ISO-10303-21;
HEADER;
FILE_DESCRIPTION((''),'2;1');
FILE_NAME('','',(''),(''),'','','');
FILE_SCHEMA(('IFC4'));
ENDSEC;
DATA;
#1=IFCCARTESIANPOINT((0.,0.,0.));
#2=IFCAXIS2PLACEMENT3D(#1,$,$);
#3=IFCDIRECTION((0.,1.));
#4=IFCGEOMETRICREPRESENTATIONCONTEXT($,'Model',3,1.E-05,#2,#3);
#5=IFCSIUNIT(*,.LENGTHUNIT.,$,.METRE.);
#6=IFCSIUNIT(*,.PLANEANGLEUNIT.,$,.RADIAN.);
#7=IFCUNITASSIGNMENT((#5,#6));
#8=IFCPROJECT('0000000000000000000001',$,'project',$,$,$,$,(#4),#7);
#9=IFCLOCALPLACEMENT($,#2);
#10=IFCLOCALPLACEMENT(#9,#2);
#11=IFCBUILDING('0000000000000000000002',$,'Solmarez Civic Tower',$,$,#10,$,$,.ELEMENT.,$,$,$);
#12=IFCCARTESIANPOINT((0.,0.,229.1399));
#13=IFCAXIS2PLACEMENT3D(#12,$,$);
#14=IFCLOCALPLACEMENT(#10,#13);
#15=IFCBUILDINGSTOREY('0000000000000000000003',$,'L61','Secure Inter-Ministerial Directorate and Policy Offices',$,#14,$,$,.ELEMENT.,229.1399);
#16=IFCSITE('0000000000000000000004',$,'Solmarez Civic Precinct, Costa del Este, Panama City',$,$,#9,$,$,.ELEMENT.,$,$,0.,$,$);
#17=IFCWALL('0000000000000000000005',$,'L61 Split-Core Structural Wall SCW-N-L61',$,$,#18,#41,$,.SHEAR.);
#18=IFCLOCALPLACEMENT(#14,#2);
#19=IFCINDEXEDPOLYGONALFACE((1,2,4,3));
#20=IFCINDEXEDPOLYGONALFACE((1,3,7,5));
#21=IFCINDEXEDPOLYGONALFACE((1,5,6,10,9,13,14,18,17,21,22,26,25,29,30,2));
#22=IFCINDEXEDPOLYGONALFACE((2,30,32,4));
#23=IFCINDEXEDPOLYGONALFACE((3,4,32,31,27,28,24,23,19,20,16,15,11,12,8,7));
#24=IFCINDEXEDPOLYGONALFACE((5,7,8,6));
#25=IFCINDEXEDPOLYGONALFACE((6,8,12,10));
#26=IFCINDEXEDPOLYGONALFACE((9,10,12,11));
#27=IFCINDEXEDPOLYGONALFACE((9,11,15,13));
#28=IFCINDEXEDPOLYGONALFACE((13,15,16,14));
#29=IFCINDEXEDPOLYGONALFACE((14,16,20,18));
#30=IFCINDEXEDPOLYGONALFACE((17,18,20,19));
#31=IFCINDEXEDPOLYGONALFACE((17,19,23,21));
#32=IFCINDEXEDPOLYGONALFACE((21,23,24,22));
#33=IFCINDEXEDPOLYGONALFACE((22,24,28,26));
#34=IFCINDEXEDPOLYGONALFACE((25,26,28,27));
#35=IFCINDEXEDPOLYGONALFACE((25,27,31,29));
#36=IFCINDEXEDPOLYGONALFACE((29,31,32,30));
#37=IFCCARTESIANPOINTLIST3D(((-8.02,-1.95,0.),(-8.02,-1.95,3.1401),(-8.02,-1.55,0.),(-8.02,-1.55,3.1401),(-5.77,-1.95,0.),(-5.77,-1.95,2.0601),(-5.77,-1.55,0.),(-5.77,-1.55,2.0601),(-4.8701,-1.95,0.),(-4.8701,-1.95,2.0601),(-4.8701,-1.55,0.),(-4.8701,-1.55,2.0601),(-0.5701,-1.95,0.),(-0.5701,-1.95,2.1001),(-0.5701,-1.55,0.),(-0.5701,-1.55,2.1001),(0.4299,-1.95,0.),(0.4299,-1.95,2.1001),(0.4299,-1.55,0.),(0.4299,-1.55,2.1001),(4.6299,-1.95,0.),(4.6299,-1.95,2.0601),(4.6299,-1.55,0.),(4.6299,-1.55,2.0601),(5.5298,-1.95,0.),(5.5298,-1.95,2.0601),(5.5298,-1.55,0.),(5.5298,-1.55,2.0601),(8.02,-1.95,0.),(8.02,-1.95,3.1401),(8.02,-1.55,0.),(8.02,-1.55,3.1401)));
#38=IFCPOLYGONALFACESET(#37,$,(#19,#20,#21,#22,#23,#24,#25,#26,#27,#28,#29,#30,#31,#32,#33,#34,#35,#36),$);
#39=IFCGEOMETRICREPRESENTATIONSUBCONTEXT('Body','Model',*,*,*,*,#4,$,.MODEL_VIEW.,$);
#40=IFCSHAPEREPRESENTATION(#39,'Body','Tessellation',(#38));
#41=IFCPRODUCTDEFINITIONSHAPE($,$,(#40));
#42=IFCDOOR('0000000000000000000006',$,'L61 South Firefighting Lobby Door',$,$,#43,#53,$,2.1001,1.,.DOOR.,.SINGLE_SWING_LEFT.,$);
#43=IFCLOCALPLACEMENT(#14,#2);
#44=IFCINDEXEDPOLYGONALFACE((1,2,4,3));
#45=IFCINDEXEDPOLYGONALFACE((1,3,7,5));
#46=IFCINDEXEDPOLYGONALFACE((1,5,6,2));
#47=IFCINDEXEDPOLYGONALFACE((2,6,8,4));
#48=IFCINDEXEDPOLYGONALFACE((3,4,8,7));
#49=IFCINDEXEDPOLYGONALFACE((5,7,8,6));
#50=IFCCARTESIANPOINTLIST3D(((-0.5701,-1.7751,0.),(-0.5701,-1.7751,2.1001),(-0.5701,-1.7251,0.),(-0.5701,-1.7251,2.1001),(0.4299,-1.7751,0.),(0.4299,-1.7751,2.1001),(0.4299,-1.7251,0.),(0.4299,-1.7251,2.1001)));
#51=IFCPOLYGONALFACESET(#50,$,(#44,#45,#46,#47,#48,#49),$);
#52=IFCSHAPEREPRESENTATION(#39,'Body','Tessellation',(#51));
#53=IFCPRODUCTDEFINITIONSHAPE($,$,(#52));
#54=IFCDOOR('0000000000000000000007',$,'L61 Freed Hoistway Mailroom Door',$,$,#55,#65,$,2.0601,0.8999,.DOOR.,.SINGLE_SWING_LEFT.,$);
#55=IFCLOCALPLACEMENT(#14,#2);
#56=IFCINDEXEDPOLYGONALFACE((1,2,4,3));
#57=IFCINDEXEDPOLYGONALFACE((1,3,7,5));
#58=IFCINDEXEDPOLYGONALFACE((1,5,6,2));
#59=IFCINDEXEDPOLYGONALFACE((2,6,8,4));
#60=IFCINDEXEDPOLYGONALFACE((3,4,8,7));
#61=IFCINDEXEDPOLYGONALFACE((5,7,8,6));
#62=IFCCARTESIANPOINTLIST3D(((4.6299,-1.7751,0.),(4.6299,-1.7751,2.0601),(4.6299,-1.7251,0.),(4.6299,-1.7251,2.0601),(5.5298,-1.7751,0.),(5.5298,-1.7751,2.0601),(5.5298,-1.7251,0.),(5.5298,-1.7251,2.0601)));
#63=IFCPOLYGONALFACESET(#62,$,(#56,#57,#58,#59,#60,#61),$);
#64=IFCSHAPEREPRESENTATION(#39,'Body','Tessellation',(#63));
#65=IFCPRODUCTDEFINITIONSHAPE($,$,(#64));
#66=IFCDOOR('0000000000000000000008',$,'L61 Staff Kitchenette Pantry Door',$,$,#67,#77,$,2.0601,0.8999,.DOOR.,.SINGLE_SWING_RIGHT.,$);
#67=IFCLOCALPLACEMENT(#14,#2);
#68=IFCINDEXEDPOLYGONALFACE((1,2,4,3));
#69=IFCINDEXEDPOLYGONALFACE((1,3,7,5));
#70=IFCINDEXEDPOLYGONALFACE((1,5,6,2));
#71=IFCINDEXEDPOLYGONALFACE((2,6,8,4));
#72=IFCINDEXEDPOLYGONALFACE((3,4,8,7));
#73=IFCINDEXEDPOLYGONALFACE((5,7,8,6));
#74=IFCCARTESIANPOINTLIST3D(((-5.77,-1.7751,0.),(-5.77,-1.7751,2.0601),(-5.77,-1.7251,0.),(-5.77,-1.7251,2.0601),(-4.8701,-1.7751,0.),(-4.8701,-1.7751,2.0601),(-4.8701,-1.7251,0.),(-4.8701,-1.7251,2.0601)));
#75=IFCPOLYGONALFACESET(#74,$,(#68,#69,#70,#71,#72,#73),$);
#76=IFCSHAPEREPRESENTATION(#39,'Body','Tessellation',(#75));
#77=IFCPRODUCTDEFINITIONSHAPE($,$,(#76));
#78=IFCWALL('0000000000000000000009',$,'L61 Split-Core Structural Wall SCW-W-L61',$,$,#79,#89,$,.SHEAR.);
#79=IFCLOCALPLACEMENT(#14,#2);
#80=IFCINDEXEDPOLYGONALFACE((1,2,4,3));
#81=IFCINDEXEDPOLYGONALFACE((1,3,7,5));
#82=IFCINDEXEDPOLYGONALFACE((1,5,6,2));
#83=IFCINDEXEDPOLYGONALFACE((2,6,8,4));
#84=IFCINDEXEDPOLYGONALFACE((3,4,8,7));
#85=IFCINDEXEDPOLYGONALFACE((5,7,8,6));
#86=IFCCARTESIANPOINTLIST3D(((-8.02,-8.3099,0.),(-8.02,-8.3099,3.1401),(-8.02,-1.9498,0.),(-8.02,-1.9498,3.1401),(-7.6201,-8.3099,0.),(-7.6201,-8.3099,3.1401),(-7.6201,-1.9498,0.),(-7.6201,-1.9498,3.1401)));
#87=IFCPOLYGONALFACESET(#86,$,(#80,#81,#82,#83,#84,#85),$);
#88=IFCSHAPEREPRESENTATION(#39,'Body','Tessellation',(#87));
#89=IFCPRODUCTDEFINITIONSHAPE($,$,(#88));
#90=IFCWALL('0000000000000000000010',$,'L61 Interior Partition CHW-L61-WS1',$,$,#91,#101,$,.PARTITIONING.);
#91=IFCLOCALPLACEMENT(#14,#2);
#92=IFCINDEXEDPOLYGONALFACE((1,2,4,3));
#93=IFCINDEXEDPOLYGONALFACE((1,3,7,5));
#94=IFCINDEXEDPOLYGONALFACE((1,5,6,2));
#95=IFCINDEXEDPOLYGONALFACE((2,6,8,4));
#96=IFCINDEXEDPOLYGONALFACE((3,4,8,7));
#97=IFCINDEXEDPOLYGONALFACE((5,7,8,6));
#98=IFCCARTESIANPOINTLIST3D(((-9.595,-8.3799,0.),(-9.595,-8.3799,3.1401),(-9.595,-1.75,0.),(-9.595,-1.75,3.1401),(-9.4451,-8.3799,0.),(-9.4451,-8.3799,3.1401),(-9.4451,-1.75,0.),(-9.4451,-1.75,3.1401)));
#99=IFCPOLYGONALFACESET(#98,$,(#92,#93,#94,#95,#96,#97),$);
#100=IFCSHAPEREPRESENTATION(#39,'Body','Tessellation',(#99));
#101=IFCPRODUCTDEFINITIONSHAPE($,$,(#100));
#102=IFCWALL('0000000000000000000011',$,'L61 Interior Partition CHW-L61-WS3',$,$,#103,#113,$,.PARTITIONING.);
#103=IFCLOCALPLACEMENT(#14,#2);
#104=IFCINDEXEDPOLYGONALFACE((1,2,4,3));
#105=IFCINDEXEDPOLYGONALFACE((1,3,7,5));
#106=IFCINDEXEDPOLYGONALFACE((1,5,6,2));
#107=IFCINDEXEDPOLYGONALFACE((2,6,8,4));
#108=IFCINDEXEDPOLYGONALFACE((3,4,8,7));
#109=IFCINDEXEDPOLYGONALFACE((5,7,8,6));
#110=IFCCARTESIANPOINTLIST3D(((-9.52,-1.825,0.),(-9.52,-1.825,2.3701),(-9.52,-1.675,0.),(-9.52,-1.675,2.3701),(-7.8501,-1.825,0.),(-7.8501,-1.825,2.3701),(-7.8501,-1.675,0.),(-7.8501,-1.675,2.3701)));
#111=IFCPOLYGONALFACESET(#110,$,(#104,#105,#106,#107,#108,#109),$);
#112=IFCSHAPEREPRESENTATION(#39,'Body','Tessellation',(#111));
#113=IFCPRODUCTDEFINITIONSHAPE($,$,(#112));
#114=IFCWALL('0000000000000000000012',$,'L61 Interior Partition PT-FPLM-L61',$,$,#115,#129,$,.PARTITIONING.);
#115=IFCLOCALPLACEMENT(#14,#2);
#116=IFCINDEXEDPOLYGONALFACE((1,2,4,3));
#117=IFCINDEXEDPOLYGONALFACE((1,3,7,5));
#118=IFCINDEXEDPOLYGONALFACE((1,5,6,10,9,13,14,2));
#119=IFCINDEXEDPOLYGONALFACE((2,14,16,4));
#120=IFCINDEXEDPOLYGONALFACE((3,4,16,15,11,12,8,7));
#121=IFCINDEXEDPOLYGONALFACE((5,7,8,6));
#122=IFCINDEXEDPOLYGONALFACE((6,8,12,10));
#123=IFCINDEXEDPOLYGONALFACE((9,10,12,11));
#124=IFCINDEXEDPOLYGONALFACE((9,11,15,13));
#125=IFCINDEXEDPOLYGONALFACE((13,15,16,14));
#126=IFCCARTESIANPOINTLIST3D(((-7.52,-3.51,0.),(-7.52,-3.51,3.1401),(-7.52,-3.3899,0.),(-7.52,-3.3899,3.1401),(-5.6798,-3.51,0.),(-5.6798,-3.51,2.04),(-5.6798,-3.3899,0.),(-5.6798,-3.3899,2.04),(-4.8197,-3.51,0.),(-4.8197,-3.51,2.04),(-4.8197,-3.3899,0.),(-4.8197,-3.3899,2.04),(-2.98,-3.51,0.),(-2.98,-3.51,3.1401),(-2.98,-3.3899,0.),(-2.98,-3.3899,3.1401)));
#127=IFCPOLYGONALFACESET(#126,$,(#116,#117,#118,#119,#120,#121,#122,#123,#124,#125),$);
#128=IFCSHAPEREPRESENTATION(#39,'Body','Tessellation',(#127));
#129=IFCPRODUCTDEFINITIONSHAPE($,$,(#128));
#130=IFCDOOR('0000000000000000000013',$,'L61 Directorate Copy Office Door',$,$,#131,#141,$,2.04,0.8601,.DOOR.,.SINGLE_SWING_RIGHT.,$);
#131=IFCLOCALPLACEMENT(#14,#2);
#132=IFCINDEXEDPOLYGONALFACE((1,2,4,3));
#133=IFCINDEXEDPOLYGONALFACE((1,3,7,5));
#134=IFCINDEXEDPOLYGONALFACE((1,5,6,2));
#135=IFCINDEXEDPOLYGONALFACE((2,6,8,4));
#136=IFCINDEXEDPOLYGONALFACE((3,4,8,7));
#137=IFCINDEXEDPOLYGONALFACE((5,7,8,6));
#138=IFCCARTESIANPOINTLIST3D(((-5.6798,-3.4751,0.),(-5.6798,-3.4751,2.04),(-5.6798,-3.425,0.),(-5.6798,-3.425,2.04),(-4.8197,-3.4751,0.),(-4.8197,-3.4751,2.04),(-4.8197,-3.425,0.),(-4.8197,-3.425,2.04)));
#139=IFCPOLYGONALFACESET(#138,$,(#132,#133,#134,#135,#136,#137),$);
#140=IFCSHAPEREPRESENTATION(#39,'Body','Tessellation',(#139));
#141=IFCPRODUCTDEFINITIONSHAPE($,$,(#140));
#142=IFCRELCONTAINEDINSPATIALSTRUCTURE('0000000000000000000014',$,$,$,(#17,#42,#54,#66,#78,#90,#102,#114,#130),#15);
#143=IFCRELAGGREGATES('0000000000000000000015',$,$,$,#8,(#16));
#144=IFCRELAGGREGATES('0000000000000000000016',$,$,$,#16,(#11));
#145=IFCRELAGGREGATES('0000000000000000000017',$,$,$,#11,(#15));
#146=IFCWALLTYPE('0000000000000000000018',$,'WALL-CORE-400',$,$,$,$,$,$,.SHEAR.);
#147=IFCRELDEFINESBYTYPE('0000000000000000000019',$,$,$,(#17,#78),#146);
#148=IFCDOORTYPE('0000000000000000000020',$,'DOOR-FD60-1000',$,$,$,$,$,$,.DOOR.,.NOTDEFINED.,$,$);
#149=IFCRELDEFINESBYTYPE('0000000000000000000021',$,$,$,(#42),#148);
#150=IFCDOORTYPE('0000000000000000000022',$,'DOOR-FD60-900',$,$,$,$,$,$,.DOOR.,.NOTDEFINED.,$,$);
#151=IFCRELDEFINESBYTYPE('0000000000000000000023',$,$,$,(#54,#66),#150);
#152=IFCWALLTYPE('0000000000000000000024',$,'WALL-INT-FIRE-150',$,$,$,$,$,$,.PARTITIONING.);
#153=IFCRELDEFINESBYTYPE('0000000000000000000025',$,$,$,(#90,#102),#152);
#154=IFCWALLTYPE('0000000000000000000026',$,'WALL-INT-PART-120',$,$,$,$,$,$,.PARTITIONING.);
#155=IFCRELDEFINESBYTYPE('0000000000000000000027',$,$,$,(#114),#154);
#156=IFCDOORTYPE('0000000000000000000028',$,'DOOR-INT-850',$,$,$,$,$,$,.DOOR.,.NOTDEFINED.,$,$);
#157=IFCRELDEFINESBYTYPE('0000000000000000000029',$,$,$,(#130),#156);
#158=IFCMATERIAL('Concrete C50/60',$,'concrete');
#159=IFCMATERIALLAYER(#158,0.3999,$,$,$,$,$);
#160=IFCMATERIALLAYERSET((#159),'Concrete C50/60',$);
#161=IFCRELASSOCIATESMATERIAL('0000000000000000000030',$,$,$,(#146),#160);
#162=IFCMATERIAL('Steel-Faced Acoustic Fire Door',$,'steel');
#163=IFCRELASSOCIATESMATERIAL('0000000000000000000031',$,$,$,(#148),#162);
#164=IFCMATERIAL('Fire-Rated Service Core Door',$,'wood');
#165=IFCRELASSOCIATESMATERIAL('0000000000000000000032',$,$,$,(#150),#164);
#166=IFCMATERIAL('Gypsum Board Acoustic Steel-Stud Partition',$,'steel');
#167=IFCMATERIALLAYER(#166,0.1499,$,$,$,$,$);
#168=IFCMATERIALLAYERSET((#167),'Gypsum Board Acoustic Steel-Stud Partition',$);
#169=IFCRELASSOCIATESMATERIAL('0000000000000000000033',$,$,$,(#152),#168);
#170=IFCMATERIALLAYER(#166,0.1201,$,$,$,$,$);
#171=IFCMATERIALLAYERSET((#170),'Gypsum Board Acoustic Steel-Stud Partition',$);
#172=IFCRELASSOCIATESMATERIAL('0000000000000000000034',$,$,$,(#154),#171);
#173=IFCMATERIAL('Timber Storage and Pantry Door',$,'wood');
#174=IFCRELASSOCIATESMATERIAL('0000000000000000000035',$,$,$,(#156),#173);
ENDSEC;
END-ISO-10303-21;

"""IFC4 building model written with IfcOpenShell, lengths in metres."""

from ifc_helpers import new_model, si_unit, direction, frame, frame_2d, origin, place, context, subcontext, project, spatial, rectangle, extrude, material, layer, layer_set, type_object, element, fill, save


model = new_model("IFC4")

# Units and contexts
model_context = context("Model", 3, precision=1e-05, world=origin(), true_north=direction((0.0, 1.0)))
body_context = subcontext(model_context, "Body", "Model", "MODEL_VIEW")
ifc_project = project(units=[si_unit("LENGTHUNIT", "METRE"), si_unit("PLANEANGLEUNIT", "RADIAN")], contexts=[model_context])

# Site, building, storey
site_placement = place(None, origin())
site = spatial("IfcSite", under=ifc_project, at=site_placement, Name="Solmarez Civic Precinct, Costa del Este, Panama City", CompositionType="ELEMENT", RefElevation=0.0)
building_placement = place(site_placement, origin())
building = spatial("IfcBuilding", under=site, at=building_placement, Name="Solmarez Civic Tower", CompositionType="ELEMENT")
storey_placement = place(building_placement, frame((0.0, 0.0, 229.1399)))
storey = spatial("IfcBuildingStorey", under=building, at=storey_placement, Name="L61", Description="Secure Inter-Ministerial Directorate and Policy Offices", CompositionType="ELEMENT", Elevation=229.1399)

# Shared definitions
ifc_material_1 = material(Name="Concrete C50/60", Category="concrete")

# Wall, openings, doors
ifc_layer_1 = layer(ifc_material_1, 0.3999)
ifc_layer_set_1 = layer_set([ifc_layer_1], Name="Concrete C50/60")
wall_type_1 = type_object("IfcWallType", Name="WALL-CORE-400", PredefinedType="SHEAR", material=ifc_layer_set_1)
wall_1_placement = place(storey_placement, frame((-8.02, -1.75, 0.0), z_axis=(0.0, 0.0, 1.0), x_axis=(1.0, 0.0, 0.0)))
wall_1 = element("IfcWall", 1, at=wall_1_placement, inside=storey, type_object=wall_type_1, Name="L61 Split-Core Structural Wall SCW-N-L61", PredefinedType="SHEAR", context=body_context, shape_type="SweptSolid", body=[
    extrude(rectangle(XDim=16.04, YDim=0.3999, at=frame_2d((8.02, 0.0))), origin(), (0.0, 0.0, 1.0), 3.1401),
])
opening_1_placement = place(wall_1_placement, frame((7.45, 0.0, 0.0)))
opening_1 = element("IfcOpeningElement", 2, at=opening_1_placement, cuts=wall_1, PredefinedType="OPENING", context=body_context, shape_type="SweptSolid", body=[
    extrude(rectangle(XDim=1.0, YDim=2.1001, at=frame_2d((0.5, 1.05))), frame((0.0, 0.21, 0.0), z_axis=(0.0, -1.0, 0.0), x_axis=(1.0, 0.0, 0.0)), (0.0, 0.0, 1.0), 0.4199),
])
opening_2_placement = place(wall_1_placement, frame((12.6499, 0.0, 0.0)))
opening_2 = element("IfcOpeningElement", 3, at=opening_2_placement, cuts=wall_1, PredefinedType="OPENING", context=body_context, shape_type="SweptSolid", body=[
    extrude(rectangle(XDim=0.8999, YDim=2.0601, at=frame_2d((0.45, 1.03))), frame((0.0, 0.21, 0.0), z_axis=(0.0, -1.0, 0.0), x_axis=(1.0, 0.0, 0.0)), (0.0, 0.0, 1.0), 0.4199),
])
opening_3_placement = place(wall_1_placement, frame((2.25, 0.0, 0.0)))
opening_3 = element("IfcOpeningElement", 4, at=opening_3_placement, cuts=wall_1, PredefinedType="OPENING", context=body_context, shape_type="SweptSolid", body=[
    extrude(rectangle(XDim=0.8999, YDim=2.0601, at=frame_2d((0.45, 1.03))), frame((0.0, 0.21, 0.0), z_axis=(0.0, -1.0, 0.0), x_axis=(1.0, 0.0, 0.0)), (0.0, 0.0, 1.0), 0.4199),
])
ifc_material_2 = material(Name="Steel-Faced Acoustic Fire Door", Category="steel")
door_type_1 = type_object("IfcDoorType", Name="DOOR-FD60-1000", OperationType="NOTDEFINED", PredefinedType="DOOR", material=ifc_material_2)
door_1_placement = place(opening_1_placement, origin())
door_1 = element("IfcDoor", 5, at=door_1_placement, inside=storey, type_object=door_type_1, Name="L61 South Firefighting Lobby Door", OperationType="SINGLE_SWING_LEFT", OverallHeight=2.1001, OverallWidth=1.0, PredefinedType="DOOR", context=body_context, shape_type="SweptSolid", body=[
    extrude(rectangle(XDim=1.0, YDim=2.1001, at=frame_2d((0.5, 1.05))), frame((0.0, 0.0249, 0.0), z_axis=(0.0, -1.0, 0.0), x_axis=(1.0, 0.0, 0.0)), (0.0, 0.0, 1.0), 0.05),
])
fill(opening_1, door_1)
ifc_material_3 = material(Name="Fire-Rated Service Core Door", Category="wood")
door_type_2 = type_object("IfcDoorType", Name="DOOR-FD60-900", OperationType="NOTDEFINED", PredefinedType="DOOR", material=ifc_material_3)
door_2_placement = place(opening_2_placement, origin())
door_2 = element("IfcDoor", 6, at=door_2_placement, inside=storey, type_object=door_type_2, Name="L61 Freed Hoistway Mailroom Door", OperationType="SINGLE_SWING_LEFT", OverallHeight=2.0601, OverallWidth=0.8999, PredefinedType="DOOR", context=body_context, shape_type="SweptSolid", body=[
    extrude(rectangle(XDim=0.8999, YDim=2.0601, at=frame_2d((0.45, 1.03))), frame((0.0, 0.0249, 0.0), z_axis=(0.0, -1.0, 0.0), x_axis=(1.0, 0.0, 0.0)), (0.0, 0.0, 1.0), 0.05),
])
fill(opening_2, door_2)
door_3_placement = place(opening_3_placement, origin())
door_3 = element("IfcDoor", 7, at=door_3_placement, inside=storey, type_object=door_type_2, Name="L61 Staff Kitchenette Pantry Door", OperationType="SINGLE_SWING_RIGHT", OverallHeight=2.0601, OverallWidth=0.8999, PredefinedType="DOOR", context=body_context, shape_type="SweptSolid", body=[
    extrude(rectangle(XDim=0.8999, YDim=2.0601, at=frame_2d((0.45, 1.03))), frame((0.0, 0.0249, 0.0), z_axis=(0.0, -1.0, 0.0), x_axis=(1.0, 0.0, 0.0)), (0.0, 0.0, 1.0), 0.05),
])
fill(opening_3, door_3)

# Walls
wall_2_placement = place(storey_placement, frame((-7.8201, -8.3101, 0.0), z_axis=(0.0, 0.0, 1.0), x_axis=(0.0, 1.0, 0.0)))
element("IfcWall", 8, at=wall_2_placement, inside=storey, type_object=wall_type_1, Name="L61 Split-Core Structural Wall SCW-W-L61", PredefinedType="SHEAR", context=body_context, shape_type="SweptSolid", body=[
    extrude(rectangle(XDim=6.3601, YDim=0.3999, at=frame_2d((3.1802, 0.0))), origin(), (0.0, 0.0, 1.0), 3.1401),
])
ifc_material_4 = material(Name="Gypsum Board Acoustic Steel-Stud Partition", Category="steel")
ifc_layer_2 = layer(ifc_material_4, 0.1499)
ifc_layer_set_2 = layer_set([ifc_layer_2], Name="Gypsum Board Acoustic Steel-Stud Partition")
wall_type_2 = type_object("IfcWallType", Name="WALL-INT-FIRE-150", PredefinedType="PARTITIONING", material=ifc_layer_set_2)
wall_3_placement = place(storey_placement, frame((-9.52, -8.3799, 0.0), z_axis=(0.0, 0.0, 1.0), x_axis=(0.0, 1.0, 0.0)))
element("IfcWall", 9, at=wall_3_placement, inside=storey, type_object=wall_type_2, Name="L61 Interior Partition CHW-L61-WS1", PredefinedType="PARTITIONING", context=body_context, shape_type="SweptSolid", body=[
    extrude(rectangle(XDim=6.6299, YDim=0.1499, at=frame_2d((3.3149, 0.0))), origin(), (0.0, 0.0, 1.0), 3.1401),
])
wall_4_placement = place(storey_placement, frame((-7.8501, -1.75, 0.0), z_axis=(0.0, 0.0, 1.0), x_axis=(-1.0, 0.0, 0.0)))
element("IfcWall", 10, at=wall_4_placement, inside=storey, type_object=wall_type_2, Name="L61 Interior Partition CHW-L61-WS3", PredefinedType="PARTITIONING", context=body_context, shape_type="SweptSolid", body=[
    extrude(rectangle(XDim=1.6699, YDim=0.1499, at=frame_2d((0.835, 0.0))), origin(), (0.0, 0.0, 1.0), 2.3701),
])

# Wall, opening, door
ifc_layer_3 = layer(ifc_material_4, 0.1201)
ifc_layer_set_3 = layer_set([ifc_layer_3], Name="Gypsum Board Acoustic Steel-Stud Partition")
wall_type_3 = type_object("IfcWallType", Name="WALL-INT-PART-120", PredefinedType="PARTITIONING", material=ifc_layer_set_3)
wall_5_placement = place(storey_placement, frame((-7.52, -3.45, 0.0), z_axis=(0.0, 0.0, 1.0), x_axis=(1.0, 0.0, 0.0)))
wall_5 = element("IfcWall", 11, at=wall_5_placement, inside=storey, type_object=wall_type_3, Name="L61 Interior Partition PT-FPLM-L61", PredefinedType="PARTITIONING", context=body_context, shape_type="SweptSolid", body=[
    extrude(rectangle(XDim=4.54, YDim=0.1201, at=frame_2d((2.27, 0.0))), origin(), (0.0, 0.0, 1.0), 3.1401),
])
opening_4_placement = place(wall_5_placement, frame((1.8401, 0.0, 0.0)))
opening_4 = element("IfcOpeningElement", 12, at=opening_4_placement, cuts=wall_5, PredefinedType="OPENING", context=body_context, shape_type="SweptSolid", body=[
    extrude(rectangle(XDim=0.8601, YDim=2.04, at=frame_2d((0.4302, 1.02))), frame((0.0, 0.0701, 0.0), z_axis=(0.0, -1.0, 0.0), x_axis=(1.0, 0.0, 0.0)), (0.0, 0.0, 1.0), 0.1401),
])
ifc_material_5 = material(Name="Timber Storage and Pantry Door", Category="wood")
door_type_3 = type_object("IfcDoorType", Name="DOOR-INT-850", OperationType="NOTDEFINED", PredefinedType="DOOR", material=ifc_material_5)
door_4_placement = place(opening_4_placement, origin())
door_4 = element("IfcDoor", 13, at=door_4_placement, inside=storey, type_object=door_type_3, Name="L61 Directorate Copy Office Door", OperationType="SINGLE_SWING_RIGHT", OverallHeight=2.04, OverallWidth=0.8601, PredefinedType="DOOR", context=body_context, shape_type="SweptSolid", body=[
    extrude(rectangle(XDim=0.8601, YDim=2.04, at=frame_2d((0.4302, 1.02))), frame((0.0, 0.0249, 0.0), z_axis=(0.0, -1.0, 0.0), x_axis=(1.0, 0.0, 0.0)), (0.0, 0.0, 1.0), 0.05),
])
fill(opening_4, door_4)

save(model, "model.ifc")
